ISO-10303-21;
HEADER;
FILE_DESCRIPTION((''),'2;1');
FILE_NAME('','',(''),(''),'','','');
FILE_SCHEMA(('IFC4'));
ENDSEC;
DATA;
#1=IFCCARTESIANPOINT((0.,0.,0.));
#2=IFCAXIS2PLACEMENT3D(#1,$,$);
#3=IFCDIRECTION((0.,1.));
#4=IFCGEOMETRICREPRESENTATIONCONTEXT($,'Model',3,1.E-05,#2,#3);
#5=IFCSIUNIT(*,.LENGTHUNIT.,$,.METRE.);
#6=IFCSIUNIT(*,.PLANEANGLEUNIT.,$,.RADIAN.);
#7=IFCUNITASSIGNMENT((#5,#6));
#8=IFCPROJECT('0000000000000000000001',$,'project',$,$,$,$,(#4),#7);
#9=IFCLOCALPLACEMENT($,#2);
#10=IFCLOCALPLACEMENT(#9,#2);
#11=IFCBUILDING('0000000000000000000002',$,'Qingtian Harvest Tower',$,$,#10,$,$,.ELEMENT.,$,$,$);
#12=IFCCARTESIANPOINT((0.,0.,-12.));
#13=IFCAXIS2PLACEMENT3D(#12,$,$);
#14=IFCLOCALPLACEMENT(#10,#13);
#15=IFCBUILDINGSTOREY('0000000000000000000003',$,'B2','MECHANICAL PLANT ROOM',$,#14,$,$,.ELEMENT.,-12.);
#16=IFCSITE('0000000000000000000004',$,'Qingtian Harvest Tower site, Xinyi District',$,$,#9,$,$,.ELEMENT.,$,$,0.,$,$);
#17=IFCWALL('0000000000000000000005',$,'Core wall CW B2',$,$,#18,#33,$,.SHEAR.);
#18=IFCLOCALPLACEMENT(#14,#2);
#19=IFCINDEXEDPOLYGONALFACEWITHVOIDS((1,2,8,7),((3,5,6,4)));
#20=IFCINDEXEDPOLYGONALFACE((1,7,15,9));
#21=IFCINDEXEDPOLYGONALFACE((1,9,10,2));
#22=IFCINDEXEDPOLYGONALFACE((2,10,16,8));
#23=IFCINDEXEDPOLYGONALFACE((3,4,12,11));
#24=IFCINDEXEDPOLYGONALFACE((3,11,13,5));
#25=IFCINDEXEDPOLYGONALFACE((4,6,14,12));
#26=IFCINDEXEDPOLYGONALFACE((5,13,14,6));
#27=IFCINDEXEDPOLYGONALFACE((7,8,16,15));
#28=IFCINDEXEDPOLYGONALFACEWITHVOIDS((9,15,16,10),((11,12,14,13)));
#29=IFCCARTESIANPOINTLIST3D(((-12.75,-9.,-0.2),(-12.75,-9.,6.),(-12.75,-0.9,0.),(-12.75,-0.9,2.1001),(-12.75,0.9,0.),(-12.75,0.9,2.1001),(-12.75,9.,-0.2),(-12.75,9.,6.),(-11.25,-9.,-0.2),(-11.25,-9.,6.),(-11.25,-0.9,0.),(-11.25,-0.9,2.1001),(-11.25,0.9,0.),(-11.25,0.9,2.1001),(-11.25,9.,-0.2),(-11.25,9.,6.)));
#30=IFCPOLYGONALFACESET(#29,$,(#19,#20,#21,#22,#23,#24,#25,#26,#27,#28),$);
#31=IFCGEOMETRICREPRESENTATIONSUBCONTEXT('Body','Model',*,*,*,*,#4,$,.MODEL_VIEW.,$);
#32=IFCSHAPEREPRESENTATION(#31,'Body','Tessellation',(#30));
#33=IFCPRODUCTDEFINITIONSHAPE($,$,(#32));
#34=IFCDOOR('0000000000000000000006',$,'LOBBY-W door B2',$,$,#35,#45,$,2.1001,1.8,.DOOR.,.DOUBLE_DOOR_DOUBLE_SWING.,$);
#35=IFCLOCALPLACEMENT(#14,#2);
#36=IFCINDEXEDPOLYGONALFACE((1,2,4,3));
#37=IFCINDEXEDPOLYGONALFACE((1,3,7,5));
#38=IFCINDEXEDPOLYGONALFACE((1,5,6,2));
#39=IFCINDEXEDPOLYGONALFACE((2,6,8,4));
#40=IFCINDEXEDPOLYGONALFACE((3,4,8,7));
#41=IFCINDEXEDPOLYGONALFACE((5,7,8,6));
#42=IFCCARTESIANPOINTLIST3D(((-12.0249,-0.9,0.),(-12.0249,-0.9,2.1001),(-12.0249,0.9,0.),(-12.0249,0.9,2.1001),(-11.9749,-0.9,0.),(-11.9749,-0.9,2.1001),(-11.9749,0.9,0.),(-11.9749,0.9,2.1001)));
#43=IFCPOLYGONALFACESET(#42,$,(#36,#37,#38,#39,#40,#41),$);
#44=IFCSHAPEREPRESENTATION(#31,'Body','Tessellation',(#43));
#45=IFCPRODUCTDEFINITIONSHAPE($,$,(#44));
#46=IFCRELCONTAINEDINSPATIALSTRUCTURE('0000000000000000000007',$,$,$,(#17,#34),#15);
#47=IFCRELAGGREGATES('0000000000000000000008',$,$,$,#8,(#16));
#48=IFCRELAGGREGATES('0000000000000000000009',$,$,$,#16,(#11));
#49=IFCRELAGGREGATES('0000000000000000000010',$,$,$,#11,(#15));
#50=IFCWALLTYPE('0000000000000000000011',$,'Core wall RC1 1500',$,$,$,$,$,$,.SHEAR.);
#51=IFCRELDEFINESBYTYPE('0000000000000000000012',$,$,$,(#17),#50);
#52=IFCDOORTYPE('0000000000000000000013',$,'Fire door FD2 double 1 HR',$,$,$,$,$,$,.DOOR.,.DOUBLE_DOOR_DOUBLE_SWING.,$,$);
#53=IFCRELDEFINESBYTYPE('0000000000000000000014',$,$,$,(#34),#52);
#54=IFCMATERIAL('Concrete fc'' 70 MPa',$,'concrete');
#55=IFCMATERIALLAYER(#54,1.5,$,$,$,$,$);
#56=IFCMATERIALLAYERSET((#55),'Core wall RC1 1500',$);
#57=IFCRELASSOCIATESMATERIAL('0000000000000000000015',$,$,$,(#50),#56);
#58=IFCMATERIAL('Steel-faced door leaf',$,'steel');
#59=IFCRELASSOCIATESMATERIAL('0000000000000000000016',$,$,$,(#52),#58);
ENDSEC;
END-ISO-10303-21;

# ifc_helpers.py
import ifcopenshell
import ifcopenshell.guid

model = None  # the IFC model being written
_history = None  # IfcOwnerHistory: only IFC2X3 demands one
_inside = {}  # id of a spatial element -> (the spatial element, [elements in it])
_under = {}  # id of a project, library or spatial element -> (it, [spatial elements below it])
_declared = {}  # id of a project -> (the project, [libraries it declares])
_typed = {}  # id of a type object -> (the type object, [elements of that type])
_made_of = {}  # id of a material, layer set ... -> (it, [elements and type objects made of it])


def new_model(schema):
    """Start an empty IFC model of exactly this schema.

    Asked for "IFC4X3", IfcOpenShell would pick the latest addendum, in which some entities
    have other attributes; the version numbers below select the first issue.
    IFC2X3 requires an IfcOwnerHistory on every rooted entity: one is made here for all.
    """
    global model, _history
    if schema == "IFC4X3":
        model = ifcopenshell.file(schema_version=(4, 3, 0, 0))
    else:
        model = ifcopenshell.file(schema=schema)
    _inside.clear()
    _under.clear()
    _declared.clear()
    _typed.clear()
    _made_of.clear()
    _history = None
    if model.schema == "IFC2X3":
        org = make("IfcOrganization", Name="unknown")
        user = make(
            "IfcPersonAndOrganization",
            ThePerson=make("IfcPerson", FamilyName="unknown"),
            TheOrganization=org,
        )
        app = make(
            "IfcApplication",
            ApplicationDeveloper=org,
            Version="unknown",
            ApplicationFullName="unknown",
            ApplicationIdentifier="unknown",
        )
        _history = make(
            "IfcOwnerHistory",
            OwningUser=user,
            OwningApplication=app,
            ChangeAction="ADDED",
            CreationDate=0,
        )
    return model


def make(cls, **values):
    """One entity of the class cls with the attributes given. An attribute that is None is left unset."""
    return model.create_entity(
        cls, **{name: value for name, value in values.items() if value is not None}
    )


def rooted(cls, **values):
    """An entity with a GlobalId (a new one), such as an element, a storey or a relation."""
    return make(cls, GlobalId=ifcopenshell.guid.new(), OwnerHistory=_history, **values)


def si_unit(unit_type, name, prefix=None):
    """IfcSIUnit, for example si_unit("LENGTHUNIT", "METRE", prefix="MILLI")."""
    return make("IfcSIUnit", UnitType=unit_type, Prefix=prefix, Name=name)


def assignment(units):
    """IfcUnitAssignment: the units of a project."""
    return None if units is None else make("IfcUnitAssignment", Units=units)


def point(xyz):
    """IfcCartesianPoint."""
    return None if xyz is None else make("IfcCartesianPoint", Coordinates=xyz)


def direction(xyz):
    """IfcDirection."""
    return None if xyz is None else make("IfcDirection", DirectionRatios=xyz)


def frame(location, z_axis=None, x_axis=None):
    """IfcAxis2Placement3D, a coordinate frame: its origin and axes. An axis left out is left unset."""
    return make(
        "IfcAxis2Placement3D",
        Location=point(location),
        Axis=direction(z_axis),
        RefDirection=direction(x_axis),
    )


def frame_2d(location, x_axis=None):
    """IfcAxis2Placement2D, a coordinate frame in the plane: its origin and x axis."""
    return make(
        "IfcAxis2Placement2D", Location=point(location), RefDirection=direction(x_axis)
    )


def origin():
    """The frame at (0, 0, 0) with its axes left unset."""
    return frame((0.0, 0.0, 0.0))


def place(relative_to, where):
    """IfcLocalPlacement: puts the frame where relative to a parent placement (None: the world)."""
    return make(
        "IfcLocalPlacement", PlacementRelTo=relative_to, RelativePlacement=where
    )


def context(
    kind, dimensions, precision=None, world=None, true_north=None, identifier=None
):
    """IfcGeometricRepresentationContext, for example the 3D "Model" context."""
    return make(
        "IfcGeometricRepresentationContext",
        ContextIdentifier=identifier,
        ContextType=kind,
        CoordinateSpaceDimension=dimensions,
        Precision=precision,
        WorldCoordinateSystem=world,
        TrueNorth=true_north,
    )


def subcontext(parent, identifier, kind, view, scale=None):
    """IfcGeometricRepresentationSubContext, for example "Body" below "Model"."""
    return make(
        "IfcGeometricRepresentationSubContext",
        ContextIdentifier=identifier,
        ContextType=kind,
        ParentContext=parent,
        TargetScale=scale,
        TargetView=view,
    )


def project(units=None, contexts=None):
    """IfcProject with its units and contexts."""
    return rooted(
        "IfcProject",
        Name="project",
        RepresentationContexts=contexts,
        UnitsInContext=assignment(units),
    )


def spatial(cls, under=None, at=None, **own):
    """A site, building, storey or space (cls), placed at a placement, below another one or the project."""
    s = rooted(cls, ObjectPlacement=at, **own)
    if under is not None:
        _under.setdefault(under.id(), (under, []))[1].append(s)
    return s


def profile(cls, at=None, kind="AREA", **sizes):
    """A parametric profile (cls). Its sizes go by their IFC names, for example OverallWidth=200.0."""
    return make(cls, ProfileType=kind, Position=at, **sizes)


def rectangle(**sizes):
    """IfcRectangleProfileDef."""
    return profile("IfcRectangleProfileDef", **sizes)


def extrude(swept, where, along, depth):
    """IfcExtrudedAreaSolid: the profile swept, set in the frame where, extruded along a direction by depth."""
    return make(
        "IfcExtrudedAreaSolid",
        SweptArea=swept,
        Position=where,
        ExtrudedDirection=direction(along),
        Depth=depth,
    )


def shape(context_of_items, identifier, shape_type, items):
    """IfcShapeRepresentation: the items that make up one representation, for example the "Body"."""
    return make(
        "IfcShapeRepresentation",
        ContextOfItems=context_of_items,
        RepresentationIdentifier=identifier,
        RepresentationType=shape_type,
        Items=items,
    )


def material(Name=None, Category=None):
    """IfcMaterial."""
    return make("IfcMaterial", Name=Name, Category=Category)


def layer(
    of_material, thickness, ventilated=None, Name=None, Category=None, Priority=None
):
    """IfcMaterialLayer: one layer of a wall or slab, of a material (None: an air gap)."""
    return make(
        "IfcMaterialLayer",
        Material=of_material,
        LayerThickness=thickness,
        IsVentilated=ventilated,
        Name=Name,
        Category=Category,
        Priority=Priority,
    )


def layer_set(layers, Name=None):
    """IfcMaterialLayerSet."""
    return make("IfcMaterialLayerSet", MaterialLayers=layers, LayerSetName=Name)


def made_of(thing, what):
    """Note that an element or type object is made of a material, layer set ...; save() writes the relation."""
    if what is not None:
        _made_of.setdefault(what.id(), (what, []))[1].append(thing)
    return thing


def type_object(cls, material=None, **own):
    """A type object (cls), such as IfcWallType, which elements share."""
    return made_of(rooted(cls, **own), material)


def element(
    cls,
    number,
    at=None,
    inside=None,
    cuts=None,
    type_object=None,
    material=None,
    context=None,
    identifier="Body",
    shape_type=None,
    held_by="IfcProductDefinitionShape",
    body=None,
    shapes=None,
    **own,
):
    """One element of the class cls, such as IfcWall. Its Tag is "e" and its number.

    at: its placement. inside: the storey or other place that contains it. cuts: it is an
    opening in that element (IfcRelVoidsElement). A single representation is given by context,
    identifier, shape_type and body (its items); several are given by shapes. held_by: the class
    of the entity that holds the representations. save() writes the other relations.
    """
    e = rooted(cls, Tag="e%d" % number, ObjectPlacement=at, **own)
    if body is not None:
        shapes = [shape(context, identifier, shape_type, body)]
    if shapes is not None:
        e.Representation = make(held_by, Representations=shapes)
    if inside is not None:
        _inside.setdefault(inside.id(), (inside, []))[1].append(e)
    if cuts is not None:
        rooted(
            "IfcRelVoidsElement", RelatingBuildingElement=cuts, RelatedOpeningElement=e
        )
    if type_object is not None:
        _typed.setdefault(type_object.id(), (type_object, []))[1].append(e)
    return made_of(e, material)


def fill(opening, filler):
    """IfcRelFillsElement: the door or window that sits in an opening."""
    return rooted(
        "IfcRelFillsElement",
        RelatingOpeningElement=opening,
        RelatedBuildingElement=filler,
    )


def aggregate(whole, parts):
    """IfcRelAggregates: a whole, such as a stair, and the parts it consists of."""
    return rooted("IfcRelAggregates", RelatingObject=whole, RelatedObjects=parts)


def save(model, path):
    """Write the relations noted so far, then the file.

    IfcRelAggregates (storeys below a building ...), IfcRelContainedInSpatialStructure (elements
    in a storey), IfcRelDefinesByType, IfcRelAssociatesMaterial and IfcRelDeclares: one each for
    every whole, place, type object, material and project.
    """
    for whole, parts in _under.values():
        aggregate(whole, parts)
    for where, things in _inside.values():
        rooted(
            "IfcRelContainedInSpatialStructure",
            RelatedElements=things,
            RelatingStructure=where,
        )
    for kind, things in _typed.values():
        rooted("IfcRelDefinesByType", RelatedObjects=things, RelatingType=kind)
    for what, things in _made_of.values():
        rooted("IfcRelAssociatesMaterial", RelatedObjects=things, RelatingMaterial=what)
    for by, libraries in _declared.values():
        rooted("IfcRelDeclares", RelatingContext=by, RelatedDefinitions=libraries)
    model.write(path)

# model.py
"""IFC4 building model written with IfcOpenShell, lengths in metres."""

from ifc_helpers import new_model, si_unit, direction, frame, frame_2d, origin, place, context, subcontext, project, spatial, rectangle, extrude, material, layer, layer_set, type_object, element, fill, save


model = new_model("IFC4")

# Units and contexts
model_context = context("Model", 3, precision=1e-05, world=origin(), true_north=direction((0.0, 1.0)))
body_context = subcontext(model_context, "Body", "Model", "MODEL_VIEW")
ifc_project = project(units=[si_unit("LENGTHUNIT", "METRE"), si_unit("PLANEANGLEUNIT", "RADIAN")], contexts=[model_context])

# Site, building, storey
site_placement = place(None, origin())
site = spatial("IfcSite", under=ifc_project, at=site_placement, Name="Qingtian Harvest Tower site, Xinyi District", CompositionType="ELEMENT", RefElevation=0.0)
building_placement = place(site_placement, origin())
building = spatial("IfcBuilding", under=site, at=building_placement, Name="Qingtian Harvest Tower", CompositionType="ELEMENT")
storey_placement = place(building_placement, frame((0.0, 0.0, -12.0)))
storey = spatial("IfcBuildingStorey", under=building, at=storey_placement, Name="B2", Description="MECHANICAL PLANT ROOM", CompositionType="ELEMENT", Elevation=-12.0)

# Shared definitions
ifc_material_1 = material(Name="Concrete fc' 70 MPa", Category="concrete")
ifc_layer_1 = layer(ifc_material_1, 1.5)
ifc_layer_set_1 = layer_set([ifc_layer_1], Name="Core wall RC1 1500")
wall_type_1 = type_object("IfcWallType", Name="Core wall RC1 1500", PredefinedType="SHEAR", material=ifc_layer_set_1)

# Wall, opening, door
wall_1_placement = place(storey_placement, frame((-12.0, -9.0, -0.2), z_axis=(0.0, 0.0, 1.0), x_axis=(0.0, 1.0, 0.0)))
wall_1 = element("IfcWall", 1, at=wall_1_placement, inside=storey, type_object=wall_type_1, Name="Core wall CW B2", PredefinedType="SHEAR", context=body_context, shape_type="SweptSolid", body=[
    extrude(rectangle(XDim=18.0, YDim=1.5, at=frame_2d((9.0, 0.0))), origin(), (0.0, 0.0, 1.0), 6.2),
])
opening_1_placement = place(wall_1_placement, frame((8.1001, 0.0, 0.2)))
opening_1 = element("IfcOpeningElement", 2, at=opening_1_placement, cuts=wall_1, PredefinedType="OPENING", context=body_context, shape_type="SweptSolid", body=[
    extrude(rectangle(XDim=1.8, YDim=2.1001, at=frame_2d((0.8999, 1.05))), frame((0.0, 0.76, 0.0), z_axis=(0.0, -1.0, 0.0), x_axis=(1.0, 0.0, 0.0)), (0.0, 0.0, 1.0), 1.52),
])
ifc_material_2 = material(Name="Steel-faced door leaf", Category="steel")
door_type_1 = type_object("IfcDoorType", Name="Fire door FD2 double 1 HR", OperationType="DOUBLE_DOOR_DOUBLE_SWING", PredefinedType="DOOR", material=ifc_material_2)
door_1_placement = place(opening_1_placement, origin())
door_1 = element("IfcDoor", 3, at=door_1_placement, inside=storey, type_object=door_type_1, Name="LOBBY-W door B2", OperationType="DOUBLE_DOOR_DOUBLE_SWING", OverallHeight=2.1001, OverallWidth=1.8, PredefinedType="DOOR", context=body_context, shape_type="SweptSolid", body=[
    extrude(rectangle(XDim=1.8, YDim=2.1001, at=frame_2d((0.8999, 1.05))), frame((0.0, 0.0249, 0.0), z_axis=(0.0, -1.0, 0.0), x_axis=(1.0, 0.0, 0.0)), (0.0, 0.0, 1.0), 0.05),
])
fill(opening_1, door_1)

save(model, "model.ifc")
